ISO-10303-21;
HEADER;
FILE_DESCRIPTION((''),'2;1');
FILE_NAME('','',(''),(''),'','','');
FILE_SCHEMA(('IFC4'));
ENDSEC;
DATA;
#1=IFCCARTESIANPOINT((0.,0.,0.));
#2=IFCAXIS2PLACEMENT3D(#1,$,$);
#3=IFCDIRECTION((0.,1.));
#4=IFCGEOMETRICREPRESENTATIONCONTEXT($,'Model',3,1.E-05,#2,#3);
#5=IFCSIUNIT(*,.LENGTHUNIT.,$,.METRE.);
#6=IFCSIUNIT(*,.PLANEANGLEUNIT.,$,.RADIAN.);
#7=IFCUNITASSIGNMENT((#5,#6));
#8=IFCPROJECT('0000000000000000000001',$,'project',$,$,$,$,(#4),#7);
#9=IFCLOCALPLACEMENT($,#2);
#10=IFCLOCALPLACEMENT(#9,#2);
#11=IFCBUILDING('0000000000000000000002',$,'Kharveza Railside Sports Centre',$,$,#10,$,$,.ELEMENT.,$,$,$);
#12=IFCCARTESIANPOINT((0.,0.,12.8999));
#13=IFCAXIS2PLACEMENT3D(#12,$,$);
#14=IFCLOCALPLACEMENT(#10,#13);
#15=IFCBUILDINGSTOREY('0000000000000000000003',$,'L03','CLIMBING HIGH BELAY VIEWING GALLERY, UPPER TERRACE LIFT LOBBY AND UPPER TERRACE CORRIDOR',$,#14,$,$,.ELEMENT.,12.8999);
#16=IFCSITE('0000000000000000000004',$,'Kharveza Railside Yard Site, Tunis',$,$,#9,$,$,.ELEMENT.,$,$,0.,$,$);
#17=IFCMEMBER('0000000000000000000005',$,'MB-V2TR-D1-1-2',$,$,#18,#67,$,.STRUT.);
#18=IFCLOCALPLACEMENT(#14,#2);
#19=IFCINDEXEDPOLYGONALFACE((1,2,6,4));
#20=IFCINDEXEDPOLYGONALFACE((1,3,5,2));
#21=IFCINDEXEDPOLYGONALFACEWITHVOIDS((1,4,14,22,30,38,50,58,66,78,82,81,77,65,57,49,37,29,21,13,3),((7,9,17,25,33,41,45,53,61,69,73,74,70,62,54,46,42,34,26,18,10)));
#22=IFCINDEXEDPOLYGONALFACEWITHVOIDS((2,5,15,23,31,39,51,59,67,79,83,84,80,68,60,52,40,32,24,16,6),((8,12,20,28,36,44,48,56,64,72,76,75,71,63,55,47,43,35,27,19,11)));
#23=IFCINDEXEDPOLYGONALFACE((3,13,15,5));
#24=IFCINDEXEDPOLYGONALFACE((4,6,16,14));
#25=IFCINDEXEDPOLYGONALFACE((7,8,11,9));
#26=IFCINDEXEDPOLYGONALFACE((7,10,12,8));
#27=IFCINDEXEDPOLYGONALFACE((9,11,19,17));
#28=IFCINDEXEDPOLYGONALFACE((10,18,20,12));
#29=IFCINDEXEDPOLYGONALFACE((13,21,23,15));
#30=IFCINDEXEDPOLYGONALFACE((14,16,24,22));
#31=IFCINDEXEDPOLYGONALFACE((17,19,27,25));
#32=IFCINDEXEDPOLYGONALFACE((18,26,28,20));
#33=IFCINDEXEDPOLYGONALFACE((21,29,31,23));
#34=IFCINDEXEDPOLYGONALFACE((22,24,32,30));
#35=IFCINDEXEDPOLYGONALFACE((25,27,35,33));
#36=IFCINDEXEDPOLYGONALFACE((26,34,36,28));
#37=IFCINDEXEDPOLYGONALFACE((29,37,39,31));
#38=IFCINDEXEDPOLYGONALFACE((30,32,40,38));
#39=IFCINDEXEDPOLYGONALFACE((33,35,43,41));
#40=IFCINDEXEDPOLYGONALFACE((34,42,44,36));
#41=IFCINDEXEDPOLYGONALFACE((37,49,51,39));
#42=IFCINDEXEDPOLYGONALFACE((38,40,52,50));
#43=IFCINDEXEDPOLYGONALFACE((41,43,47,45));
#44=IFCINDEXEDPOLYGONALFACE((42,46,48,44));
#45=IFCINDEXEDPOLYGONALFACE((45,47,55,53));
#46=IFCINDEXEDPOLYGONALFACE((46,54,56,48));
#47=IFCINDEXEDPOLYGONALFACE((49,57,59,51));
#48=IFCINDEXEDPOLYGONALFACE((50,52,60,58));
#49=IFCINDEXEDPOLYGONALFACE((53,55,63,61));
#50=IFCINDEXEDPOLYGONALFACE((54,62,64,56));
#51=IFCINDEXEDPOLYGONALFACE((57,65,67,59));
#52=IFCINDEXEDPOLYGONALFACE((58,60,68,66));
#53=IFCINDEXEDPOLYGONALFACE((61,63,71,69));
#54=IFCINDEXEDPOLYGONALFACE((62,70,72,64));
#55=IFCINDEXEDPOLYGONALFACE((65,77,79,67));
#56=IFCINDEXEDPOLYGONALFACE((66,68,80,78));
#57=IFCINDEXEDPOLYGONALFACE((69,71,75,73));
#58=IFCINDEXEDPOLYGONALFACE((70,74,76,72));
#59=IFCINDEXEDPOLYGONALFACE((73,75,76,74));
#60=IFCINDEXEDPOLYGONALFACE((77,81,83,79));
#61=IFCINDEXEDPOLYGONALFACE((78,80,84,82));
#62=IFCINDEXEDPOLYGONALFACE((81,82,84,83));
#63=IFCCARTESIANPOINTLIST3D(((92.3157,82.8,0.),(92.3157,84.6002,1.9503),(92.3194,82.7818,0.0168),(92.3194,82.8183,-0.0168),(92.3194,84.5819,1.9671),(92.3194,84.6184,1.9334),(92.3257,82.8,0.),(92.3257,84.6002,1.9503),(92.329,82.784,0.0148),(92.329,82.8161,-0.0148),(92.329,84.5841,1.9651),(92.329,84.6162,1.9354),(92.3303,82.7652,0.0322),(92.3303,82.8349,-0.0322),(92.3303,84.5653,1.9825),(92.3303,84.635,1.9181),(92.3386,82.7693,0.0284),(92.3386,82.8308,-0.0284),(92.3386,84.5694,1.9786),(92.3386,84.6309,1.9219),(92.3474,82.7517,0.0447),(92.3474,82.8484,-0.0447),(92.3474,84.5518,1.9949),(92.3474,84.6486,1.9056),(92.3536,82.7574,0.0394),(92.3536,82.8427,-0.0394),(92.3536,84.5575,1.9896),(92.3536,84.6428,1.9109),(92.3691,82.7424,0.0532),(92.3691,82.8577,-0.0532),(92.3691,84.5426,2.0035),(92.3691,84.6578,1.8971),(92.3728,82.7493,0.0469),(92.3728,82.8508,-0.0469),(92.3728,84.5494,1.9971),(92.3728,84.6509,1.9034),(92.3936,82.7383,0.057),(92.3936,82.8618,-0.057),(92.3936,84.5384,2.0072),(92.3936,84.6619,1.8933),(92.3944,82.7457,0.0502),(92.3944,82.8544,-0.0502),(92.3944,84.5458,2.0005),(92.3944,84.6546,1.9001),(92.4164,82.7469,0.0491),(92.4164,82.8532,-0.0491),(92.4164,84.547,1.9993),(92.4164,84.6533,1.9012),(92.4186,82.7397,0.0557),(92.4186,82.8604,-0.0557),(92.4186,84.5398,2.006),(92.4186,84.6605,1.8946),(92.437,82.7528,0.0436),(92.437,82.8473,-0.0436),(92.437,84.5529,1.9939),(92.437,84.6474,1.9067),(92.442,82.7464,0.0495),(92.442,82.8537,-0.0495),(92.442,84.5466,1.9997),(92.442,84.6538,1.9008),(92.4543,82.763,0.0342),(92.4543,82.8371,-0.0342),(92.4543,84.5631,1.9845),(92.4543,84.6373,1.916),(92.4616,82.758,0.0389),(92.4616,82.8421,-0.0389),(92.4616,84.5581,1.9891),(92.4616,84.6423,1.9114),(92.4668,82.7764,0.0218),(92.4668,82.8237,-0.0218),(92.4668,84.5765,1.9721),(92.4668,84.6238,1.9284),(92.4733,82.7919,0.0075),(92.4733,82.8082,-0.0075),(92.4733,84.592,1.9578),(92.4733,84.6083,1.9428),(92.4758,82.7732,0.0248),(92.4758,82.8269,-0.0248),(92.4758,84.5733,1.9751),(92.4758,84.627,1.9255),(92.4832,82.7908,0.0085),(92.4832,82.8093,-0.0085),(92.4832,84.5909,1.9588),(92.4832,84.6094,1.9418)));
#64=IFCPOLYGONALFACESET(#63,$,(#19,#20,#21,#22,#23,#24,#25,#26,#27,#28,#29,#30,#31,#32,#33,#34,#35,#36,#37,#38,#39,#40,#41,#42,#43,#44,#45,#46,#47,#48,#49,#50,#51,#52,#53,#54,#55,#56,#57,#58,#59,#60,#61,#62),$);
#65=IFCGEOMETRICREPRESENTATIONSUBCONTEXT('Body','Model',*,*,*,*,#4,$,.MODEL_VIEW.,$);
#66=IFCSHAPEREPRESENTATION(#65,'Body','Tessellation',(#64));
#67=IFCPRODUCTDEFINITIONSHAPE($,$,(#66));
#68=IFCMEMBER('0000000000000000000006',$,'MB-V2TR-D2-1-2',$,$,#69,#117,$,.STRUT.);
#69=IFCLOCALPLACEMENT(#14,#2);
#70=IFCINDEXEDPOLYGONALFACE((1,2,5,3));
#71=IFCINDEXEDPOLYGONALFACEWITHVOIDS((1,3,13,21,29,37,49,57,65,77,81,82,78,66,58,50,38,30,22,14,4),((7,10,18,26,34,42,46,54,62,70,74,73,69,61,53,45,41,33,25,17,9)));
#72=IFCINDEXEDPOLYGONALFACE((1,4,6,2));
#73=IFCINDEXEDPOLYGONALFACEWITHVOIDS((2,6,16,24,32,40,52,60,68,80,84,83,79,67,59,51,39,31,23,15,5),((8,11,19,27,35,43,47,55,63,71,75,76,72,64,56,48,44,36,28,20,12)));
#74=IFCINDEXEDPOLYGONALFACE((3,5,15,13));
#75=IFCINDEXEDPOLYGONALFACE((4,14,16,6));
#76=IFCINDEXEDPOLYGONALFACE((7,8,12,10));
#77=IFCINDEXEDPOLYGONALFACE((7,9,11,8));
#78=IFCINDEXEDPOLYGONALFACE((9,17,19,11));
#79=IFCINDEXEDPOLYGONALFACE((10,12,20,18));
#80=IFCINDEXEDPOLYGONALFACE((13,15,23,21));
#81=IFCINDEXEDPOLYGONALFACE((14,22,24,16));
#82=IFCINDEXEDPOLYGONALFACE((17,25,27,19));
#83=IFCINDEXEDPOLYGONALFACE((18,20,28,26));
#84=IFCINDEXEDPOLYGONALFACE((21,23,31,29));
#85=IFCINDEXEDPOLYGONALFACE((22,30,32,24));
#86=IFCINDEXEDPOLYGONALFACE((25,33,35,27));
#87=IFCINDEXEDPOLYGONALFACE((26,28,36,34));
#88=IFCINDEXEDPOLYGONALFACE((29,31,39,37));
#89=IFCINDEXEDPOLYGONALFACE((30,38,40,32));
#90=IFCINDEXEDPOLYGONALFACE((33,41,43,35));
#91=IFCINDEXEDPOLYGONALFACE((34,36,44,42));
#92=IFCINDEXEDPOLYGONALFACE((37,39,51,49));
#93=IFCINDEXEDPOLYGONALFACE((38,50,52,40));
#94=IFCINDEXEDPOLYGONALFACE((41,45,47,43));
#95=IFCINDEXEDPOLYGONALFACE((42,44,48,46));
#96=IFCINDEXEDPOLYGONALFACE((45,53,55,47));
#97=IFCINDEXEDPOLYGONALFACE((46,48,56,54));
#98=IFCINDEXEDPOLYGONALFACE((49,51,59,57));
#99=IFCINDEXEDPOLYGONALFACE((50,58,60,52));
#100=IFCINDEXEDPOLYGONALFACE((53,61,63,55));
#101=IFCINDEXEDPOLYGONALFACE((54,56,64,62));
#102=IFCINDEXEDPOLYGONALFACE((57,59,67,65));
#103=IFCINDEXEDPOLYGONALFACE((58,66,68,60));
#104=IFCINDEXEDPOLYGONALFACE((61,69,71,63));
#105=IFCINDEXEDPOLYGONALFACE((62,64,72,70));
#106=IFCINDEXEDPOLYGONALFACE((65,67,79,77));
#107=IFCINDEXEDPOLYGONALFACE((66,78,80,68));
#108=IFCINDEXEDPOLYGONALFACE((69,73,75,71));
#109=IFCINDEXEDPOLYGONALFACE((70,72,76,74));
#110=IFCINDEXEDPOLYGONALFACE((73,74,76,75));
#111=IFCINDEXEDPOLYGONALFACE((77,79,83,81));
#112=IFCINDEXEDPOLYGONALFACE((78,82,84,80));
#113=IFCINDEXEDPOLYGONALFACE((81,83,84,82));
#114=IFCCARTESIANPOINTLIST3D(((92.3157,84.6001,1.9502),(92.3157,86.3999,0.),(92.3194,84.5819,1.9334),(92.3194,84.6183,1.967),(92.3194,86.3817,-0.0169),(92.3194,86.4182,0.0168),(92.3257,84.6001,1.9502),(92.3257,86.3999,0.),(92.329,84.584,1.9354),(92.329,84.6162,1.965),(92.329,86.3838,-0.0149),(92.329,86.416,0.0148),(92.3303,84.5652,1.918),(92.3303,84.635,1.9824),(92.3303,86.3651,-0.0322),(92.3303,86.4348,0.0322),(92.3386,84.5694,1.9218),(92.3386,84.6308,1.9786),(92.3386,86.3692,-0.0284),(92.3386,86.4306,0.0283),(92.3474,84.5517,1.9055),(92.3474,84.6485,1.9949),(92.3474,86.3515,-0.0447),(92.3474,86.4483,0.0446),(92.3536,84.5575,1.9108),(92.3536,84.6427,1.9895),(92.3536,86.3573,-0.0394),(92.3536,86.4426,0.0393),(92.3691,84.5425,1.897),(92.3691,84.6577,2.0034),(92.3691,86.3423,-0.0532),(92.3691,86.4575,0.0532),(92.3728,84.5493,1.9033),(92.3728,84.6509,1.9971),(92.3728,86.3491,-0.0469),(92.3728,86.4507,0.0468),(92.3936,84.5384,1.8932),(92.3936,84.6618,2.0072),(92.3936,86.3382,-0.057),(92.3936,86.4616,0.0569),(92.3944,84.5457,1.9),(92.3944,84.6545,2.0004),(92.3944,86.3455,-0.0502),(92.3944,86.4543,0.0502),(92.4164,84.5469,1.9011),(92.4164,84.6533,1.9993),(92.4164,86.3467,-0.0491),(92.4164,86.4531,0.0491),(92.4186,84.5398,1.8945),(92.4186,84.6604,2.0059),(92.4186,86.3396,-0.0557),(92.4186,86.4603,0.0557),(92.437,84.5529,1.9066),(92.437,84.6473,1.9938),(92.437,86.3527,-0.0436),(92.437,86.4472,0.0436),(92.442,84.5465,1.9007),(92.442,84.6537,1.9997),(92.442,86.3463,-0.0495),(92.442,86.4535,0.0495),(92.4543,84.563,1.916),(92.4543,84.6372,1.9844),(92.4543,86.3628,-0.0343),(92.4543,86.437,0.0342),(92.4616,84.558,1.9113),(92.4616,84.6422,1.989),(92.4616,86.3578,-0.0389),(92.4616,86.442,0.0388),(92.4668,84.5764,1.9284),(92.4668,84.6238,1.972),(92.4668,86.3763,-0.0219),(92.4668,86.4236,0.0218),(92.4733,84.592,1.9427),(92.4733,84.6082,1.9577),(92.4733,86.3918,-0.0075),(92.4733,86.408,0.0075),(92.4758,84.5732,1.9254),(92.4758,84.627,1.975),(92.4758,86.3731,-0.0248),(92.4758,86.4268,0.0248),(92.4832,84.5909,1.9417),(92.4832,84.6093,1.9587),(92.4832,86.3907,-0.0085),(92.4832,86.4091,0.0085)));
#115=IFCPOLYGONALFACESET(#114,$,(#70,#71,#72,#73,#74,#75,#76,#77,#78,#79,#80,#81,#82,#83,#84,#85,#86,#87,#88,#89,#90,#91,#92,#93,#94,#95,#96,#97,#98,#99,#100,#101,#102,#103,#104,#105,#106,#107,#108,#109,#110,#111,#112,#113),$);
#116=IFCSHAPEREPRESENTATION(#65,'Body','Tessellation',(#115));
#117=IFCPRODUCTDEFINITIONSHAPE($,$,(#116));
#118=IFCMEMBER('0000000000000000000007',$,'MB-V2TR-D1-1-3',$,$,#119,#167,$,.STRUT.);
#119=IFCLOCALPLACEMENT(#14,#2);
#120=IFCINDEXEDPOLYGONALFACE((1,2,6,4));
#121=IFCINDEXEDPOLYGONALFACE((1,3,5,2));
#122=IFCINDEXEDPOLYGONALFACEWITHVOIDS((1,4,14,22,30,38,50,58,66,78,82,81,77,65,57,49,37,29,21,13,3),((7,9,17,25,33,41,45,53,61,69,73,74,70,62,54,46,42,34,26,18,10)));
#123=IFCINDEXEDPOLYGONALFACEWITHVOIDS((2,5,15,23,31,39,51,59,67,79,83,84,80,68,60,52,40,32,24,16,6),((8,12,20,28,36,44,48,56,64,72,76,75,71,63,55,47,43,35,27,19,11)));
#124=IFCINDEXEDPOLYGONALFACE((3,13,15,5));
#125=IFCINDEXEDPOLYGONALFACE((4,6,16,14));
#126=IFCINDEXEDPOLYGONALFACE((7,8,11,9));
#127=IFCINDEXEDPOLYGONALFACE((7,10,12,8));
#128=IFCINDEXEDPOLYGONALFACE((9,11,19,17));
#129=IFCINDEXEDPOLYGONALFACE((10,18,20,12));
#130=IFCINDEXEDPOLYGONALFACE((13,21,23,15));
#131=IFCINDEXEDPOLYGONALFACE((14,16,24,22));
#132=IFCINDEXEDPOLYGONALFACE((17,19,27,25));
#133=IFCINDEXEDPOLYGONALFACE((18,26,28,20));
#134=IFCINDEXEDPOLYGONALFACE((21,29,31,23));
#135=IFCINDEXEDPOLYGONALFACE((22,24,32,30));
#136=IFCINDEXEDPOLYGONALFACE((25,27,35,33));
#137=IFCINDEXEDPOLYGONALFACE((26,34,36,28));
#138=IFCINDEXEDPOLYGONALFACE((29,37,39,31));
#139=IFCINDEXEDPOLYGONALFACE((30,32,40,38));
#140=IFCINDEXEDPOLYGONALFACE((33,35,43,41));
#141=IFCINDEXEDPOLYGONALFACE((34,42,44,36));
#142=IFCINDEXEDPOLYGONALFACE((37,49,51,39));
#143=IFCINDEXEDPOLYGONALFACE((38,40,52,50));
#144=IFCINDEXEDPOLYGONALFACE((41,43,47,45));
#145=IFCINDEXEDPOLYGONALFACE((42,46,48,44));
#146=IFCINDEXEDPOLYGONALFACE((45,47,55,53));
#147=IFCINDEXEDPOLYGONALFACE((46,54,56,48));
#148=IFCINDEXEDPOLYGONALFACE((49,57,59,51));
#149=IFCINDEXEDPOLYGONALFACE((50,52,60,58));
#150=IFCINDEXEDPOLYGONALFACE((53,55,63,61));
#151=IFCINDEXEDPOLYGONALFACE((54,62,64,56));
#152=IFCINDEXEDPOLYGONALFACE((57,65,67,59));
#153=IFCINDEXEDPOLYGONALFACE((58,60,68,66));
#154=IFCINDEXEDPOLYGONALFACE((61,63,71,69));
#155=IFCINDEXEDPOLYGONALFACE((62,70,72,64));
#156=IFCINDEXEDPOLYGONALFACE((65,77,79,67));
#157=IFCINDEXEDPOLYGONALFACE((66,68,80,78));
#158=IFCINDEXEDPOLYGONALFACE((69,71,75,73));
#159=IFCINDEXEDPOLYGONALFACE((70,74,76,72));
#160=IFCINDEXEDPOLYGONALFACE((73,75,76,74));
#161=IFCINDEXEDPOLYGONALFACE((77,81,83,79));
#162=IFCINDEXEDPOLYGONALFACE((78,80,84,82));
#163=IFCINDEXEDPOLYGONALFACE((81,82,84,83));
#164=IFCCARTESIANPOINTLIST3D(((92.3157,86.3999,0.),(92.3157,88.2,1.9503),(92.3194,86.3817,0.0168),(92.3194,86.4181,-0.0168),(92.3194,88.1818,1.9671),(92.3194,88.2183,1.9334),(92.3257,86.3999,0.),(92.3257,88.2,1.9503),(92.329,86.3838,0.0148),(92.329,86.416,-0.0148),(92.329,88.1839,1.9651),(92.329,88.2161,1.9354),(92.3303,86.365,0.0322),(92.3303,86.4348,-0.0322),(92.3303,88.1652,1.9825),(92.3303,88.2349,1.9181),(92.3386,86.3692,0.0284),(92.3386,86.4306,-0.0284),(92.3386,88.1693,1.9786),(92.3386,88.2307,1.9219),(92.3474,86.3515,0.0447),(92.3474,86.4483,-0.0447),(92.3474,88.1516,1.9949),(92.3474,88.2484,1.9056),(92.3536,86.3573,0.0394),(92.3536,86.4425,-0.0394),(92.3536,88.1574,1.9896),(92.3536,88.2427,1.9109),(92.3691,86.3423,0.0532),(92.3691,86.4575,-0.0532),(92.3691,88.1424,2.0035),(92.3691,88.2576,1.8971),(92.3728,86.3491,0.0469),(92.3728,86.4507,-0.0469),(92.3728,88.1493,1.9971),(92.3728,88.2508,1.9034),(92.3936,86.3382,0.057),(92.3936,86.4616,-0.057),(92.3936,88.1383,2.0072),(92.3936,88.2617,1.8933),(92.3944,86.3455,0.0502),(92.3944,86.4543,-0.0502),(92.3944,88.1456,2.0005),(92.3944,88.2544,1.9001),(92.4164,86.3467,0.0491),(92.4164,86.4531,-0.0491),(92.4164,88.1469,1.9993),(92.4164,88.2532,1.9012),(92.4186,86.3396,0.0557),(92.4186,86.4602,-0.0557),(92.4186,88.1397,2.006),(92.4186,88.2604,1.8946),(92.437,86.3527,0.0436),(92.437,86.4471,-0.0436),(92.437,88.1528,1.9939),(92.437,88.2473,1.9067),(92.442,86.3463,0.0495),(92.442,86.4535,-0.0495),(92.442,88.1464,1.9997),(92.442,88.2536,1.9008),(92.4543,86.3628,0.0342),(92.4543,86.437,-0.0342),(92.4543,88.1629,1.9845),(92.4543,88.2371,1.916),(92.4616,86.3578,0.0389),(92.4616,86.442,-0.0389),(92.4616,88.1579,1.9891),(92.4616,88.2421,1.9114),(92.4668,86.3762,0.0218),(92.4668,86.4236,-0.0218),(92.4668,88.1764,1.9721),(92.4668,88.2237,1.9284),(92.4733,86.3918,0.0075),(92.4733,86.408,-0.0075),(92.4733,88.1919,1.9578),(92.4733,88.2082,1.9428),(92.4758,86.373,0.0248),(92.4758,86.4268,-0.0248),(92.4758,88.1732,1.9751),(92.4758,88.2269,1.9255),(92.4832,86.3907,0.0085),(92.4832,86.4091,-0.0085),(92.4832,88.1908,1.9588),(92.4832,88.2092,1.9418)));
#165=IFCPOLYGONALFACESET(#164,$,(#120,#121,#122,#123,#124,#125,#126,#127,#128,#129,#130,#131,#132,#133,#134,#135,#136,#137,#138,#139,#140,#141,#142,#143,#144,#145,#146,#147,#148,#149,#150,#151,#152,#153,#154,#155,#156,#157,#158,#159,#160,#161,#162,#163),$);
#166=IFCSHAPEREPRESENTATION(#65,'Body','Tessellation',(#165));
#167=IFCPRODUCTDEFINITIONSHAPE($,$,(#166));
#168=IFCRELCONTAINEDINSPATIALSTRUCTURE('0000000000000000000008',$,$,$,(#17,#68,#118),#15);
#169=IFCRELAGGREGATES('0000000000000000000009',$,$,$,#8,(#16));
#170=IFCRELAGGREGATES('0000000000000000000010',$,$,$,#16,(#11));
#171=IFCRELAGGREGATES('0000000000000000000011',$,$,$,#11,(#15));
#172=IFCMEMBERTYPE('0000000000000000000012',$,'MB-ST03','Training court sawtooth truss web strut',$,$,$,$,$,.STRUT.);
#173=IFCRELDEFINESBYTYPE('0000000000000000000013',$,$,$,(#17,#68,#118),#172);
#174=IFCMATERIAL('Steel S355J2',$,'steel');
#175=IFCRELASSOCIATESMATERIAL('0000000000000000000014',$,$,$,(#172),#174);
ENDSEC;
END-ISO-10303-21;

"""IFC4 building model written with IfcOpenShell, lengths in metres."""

from ifc_helpers import new_model, si_unit, direction, frame, origin, origin_2d, place, context, subcontext, project, spatial, hollow_circle, extrude, material, material_profile, profile_set, type_object, element, save


model = new_model("IFC4")

# Units and contexts
model_context = context("Model", 3, precision=1e-05, world=origin(), true_north=direction((0.0, 1.0)))
body_context = subcontext(model_context, "Body", "Model", "MODEL_VIEW")
ifc_project = project(units=[si_unit("LENGTHUNIT", "METRE"), si_unit("PLANEANGLEUNIT", "RADIAN")], contexts=[model_context])

# Site, building, storey
site_placement = place(None, origin())
site = spatial("IfcSite", under=ifc_project, at=site_placement, Name="Kharveza Railside Yard Site, Tunis", CompositionType="ELEMENT", RefElevation=0.0)
building_placement = place(site_placement, origin())
building = spatial("IfcBuilding", under=site, at=building_placement, Name="Kharveza Railside Sports Centre", CompositionType="ELEMENT")
storey_placement = place(building_placement, frame((0.0, 0.0, 12.8999)))
storey = spatial("IfcBuildingStorey", under=building, at=storey_placement, Name="L03", Description="CLIMBING HIGH BELAY VIEWING GALLERY, UPPER TERRACE LIFT LOBBY AND UPPER TERRACE CORRIDOR", CompositionType="ELEMENT", Elevation=12.8999)

# Shared definitions
ifc_material_1 = material(Name="Steel S355J2", Category="steel")

# Members
ifc_material_profile_1 = material_profile(ifc_material_1, hollow_circle(Radius=0.0842, WallThickness=0.01, at=origin_2d()), Name="CHS 168.3x10.0")
ifc_profile_set_1 = profile_set([ifc_material_profile_1], Name="Steel S355J2")
member_type_1 = type_object("IfcMemberType", Name="MB-ST03", Description="Training court sawtooth truss web strut", PredefinedType="STRUT", material=ifc_profile_set_1)
for number, where, z_axis, x_axis, name in (
    (1, (92.3999, 82.8, 0.0), (0.0, 0.678253, 0.734828), (-1.0, 0.0, 0.0), "MB-V2TR-D1-1-2"),
):
    element("IfcMember", number, at=place(storey_placement, frame(where, z_axis=z_axis, x_axis=x_axis)), inside=storey, type_object=member_type_1, Name=name, PredefinedType="STRUT", context=body_context, shape_type="SweptSolid", body=[
        extrude(hollow_circle(Radius=0.0842, WallThickness=0.01, at=origin_2d()), origin(), (0.0, 0.0, 1.0), 2.6541),
    ])
member_1_placement = place(storey_placement, frame((92.3999, 84.6001, 1.9502), z_axis=(0.0, 0.678204, -0.734874), x_axis=(-1.0, 0.0, 0.0)))
element("IfcMember", 2, at=member_1_placement, inside=storey, type_object=member_type_1, Name="MB-V2TR-D2-1-2", PredefinedType="STRUT", context=body_context, shape_type="SweptSolid", body=[
    extrude(hollow_circle(Radius=0.0842, WallThickness=0.01, at=origin_2d()), origin(), (0.0, 0.0, 1.0), 2.6538),
])
member_2_placement = place(storey_placement, frame((92.3999, 86.3999, 0.0), z_axis=(0.0, 0.678253, 0.734828), x_axis=(-1.0, 0.0, 0.0)))
element("IfcMember", 3, at=member_2_placement, inside=storey, type_object=member_type_1, Name="MB-V2TR-D1-1-3", PredefinedType="STRUT", context=body_context, shape_type="SweptSolid", body=[
    extrude(hollow_circle(Radius=0.0842, WallThickness=0.01, at=origin_2d()), origin(), (0.0, 0.0, 1.0), 2.6541),
])

save(model, "model.ifc")
